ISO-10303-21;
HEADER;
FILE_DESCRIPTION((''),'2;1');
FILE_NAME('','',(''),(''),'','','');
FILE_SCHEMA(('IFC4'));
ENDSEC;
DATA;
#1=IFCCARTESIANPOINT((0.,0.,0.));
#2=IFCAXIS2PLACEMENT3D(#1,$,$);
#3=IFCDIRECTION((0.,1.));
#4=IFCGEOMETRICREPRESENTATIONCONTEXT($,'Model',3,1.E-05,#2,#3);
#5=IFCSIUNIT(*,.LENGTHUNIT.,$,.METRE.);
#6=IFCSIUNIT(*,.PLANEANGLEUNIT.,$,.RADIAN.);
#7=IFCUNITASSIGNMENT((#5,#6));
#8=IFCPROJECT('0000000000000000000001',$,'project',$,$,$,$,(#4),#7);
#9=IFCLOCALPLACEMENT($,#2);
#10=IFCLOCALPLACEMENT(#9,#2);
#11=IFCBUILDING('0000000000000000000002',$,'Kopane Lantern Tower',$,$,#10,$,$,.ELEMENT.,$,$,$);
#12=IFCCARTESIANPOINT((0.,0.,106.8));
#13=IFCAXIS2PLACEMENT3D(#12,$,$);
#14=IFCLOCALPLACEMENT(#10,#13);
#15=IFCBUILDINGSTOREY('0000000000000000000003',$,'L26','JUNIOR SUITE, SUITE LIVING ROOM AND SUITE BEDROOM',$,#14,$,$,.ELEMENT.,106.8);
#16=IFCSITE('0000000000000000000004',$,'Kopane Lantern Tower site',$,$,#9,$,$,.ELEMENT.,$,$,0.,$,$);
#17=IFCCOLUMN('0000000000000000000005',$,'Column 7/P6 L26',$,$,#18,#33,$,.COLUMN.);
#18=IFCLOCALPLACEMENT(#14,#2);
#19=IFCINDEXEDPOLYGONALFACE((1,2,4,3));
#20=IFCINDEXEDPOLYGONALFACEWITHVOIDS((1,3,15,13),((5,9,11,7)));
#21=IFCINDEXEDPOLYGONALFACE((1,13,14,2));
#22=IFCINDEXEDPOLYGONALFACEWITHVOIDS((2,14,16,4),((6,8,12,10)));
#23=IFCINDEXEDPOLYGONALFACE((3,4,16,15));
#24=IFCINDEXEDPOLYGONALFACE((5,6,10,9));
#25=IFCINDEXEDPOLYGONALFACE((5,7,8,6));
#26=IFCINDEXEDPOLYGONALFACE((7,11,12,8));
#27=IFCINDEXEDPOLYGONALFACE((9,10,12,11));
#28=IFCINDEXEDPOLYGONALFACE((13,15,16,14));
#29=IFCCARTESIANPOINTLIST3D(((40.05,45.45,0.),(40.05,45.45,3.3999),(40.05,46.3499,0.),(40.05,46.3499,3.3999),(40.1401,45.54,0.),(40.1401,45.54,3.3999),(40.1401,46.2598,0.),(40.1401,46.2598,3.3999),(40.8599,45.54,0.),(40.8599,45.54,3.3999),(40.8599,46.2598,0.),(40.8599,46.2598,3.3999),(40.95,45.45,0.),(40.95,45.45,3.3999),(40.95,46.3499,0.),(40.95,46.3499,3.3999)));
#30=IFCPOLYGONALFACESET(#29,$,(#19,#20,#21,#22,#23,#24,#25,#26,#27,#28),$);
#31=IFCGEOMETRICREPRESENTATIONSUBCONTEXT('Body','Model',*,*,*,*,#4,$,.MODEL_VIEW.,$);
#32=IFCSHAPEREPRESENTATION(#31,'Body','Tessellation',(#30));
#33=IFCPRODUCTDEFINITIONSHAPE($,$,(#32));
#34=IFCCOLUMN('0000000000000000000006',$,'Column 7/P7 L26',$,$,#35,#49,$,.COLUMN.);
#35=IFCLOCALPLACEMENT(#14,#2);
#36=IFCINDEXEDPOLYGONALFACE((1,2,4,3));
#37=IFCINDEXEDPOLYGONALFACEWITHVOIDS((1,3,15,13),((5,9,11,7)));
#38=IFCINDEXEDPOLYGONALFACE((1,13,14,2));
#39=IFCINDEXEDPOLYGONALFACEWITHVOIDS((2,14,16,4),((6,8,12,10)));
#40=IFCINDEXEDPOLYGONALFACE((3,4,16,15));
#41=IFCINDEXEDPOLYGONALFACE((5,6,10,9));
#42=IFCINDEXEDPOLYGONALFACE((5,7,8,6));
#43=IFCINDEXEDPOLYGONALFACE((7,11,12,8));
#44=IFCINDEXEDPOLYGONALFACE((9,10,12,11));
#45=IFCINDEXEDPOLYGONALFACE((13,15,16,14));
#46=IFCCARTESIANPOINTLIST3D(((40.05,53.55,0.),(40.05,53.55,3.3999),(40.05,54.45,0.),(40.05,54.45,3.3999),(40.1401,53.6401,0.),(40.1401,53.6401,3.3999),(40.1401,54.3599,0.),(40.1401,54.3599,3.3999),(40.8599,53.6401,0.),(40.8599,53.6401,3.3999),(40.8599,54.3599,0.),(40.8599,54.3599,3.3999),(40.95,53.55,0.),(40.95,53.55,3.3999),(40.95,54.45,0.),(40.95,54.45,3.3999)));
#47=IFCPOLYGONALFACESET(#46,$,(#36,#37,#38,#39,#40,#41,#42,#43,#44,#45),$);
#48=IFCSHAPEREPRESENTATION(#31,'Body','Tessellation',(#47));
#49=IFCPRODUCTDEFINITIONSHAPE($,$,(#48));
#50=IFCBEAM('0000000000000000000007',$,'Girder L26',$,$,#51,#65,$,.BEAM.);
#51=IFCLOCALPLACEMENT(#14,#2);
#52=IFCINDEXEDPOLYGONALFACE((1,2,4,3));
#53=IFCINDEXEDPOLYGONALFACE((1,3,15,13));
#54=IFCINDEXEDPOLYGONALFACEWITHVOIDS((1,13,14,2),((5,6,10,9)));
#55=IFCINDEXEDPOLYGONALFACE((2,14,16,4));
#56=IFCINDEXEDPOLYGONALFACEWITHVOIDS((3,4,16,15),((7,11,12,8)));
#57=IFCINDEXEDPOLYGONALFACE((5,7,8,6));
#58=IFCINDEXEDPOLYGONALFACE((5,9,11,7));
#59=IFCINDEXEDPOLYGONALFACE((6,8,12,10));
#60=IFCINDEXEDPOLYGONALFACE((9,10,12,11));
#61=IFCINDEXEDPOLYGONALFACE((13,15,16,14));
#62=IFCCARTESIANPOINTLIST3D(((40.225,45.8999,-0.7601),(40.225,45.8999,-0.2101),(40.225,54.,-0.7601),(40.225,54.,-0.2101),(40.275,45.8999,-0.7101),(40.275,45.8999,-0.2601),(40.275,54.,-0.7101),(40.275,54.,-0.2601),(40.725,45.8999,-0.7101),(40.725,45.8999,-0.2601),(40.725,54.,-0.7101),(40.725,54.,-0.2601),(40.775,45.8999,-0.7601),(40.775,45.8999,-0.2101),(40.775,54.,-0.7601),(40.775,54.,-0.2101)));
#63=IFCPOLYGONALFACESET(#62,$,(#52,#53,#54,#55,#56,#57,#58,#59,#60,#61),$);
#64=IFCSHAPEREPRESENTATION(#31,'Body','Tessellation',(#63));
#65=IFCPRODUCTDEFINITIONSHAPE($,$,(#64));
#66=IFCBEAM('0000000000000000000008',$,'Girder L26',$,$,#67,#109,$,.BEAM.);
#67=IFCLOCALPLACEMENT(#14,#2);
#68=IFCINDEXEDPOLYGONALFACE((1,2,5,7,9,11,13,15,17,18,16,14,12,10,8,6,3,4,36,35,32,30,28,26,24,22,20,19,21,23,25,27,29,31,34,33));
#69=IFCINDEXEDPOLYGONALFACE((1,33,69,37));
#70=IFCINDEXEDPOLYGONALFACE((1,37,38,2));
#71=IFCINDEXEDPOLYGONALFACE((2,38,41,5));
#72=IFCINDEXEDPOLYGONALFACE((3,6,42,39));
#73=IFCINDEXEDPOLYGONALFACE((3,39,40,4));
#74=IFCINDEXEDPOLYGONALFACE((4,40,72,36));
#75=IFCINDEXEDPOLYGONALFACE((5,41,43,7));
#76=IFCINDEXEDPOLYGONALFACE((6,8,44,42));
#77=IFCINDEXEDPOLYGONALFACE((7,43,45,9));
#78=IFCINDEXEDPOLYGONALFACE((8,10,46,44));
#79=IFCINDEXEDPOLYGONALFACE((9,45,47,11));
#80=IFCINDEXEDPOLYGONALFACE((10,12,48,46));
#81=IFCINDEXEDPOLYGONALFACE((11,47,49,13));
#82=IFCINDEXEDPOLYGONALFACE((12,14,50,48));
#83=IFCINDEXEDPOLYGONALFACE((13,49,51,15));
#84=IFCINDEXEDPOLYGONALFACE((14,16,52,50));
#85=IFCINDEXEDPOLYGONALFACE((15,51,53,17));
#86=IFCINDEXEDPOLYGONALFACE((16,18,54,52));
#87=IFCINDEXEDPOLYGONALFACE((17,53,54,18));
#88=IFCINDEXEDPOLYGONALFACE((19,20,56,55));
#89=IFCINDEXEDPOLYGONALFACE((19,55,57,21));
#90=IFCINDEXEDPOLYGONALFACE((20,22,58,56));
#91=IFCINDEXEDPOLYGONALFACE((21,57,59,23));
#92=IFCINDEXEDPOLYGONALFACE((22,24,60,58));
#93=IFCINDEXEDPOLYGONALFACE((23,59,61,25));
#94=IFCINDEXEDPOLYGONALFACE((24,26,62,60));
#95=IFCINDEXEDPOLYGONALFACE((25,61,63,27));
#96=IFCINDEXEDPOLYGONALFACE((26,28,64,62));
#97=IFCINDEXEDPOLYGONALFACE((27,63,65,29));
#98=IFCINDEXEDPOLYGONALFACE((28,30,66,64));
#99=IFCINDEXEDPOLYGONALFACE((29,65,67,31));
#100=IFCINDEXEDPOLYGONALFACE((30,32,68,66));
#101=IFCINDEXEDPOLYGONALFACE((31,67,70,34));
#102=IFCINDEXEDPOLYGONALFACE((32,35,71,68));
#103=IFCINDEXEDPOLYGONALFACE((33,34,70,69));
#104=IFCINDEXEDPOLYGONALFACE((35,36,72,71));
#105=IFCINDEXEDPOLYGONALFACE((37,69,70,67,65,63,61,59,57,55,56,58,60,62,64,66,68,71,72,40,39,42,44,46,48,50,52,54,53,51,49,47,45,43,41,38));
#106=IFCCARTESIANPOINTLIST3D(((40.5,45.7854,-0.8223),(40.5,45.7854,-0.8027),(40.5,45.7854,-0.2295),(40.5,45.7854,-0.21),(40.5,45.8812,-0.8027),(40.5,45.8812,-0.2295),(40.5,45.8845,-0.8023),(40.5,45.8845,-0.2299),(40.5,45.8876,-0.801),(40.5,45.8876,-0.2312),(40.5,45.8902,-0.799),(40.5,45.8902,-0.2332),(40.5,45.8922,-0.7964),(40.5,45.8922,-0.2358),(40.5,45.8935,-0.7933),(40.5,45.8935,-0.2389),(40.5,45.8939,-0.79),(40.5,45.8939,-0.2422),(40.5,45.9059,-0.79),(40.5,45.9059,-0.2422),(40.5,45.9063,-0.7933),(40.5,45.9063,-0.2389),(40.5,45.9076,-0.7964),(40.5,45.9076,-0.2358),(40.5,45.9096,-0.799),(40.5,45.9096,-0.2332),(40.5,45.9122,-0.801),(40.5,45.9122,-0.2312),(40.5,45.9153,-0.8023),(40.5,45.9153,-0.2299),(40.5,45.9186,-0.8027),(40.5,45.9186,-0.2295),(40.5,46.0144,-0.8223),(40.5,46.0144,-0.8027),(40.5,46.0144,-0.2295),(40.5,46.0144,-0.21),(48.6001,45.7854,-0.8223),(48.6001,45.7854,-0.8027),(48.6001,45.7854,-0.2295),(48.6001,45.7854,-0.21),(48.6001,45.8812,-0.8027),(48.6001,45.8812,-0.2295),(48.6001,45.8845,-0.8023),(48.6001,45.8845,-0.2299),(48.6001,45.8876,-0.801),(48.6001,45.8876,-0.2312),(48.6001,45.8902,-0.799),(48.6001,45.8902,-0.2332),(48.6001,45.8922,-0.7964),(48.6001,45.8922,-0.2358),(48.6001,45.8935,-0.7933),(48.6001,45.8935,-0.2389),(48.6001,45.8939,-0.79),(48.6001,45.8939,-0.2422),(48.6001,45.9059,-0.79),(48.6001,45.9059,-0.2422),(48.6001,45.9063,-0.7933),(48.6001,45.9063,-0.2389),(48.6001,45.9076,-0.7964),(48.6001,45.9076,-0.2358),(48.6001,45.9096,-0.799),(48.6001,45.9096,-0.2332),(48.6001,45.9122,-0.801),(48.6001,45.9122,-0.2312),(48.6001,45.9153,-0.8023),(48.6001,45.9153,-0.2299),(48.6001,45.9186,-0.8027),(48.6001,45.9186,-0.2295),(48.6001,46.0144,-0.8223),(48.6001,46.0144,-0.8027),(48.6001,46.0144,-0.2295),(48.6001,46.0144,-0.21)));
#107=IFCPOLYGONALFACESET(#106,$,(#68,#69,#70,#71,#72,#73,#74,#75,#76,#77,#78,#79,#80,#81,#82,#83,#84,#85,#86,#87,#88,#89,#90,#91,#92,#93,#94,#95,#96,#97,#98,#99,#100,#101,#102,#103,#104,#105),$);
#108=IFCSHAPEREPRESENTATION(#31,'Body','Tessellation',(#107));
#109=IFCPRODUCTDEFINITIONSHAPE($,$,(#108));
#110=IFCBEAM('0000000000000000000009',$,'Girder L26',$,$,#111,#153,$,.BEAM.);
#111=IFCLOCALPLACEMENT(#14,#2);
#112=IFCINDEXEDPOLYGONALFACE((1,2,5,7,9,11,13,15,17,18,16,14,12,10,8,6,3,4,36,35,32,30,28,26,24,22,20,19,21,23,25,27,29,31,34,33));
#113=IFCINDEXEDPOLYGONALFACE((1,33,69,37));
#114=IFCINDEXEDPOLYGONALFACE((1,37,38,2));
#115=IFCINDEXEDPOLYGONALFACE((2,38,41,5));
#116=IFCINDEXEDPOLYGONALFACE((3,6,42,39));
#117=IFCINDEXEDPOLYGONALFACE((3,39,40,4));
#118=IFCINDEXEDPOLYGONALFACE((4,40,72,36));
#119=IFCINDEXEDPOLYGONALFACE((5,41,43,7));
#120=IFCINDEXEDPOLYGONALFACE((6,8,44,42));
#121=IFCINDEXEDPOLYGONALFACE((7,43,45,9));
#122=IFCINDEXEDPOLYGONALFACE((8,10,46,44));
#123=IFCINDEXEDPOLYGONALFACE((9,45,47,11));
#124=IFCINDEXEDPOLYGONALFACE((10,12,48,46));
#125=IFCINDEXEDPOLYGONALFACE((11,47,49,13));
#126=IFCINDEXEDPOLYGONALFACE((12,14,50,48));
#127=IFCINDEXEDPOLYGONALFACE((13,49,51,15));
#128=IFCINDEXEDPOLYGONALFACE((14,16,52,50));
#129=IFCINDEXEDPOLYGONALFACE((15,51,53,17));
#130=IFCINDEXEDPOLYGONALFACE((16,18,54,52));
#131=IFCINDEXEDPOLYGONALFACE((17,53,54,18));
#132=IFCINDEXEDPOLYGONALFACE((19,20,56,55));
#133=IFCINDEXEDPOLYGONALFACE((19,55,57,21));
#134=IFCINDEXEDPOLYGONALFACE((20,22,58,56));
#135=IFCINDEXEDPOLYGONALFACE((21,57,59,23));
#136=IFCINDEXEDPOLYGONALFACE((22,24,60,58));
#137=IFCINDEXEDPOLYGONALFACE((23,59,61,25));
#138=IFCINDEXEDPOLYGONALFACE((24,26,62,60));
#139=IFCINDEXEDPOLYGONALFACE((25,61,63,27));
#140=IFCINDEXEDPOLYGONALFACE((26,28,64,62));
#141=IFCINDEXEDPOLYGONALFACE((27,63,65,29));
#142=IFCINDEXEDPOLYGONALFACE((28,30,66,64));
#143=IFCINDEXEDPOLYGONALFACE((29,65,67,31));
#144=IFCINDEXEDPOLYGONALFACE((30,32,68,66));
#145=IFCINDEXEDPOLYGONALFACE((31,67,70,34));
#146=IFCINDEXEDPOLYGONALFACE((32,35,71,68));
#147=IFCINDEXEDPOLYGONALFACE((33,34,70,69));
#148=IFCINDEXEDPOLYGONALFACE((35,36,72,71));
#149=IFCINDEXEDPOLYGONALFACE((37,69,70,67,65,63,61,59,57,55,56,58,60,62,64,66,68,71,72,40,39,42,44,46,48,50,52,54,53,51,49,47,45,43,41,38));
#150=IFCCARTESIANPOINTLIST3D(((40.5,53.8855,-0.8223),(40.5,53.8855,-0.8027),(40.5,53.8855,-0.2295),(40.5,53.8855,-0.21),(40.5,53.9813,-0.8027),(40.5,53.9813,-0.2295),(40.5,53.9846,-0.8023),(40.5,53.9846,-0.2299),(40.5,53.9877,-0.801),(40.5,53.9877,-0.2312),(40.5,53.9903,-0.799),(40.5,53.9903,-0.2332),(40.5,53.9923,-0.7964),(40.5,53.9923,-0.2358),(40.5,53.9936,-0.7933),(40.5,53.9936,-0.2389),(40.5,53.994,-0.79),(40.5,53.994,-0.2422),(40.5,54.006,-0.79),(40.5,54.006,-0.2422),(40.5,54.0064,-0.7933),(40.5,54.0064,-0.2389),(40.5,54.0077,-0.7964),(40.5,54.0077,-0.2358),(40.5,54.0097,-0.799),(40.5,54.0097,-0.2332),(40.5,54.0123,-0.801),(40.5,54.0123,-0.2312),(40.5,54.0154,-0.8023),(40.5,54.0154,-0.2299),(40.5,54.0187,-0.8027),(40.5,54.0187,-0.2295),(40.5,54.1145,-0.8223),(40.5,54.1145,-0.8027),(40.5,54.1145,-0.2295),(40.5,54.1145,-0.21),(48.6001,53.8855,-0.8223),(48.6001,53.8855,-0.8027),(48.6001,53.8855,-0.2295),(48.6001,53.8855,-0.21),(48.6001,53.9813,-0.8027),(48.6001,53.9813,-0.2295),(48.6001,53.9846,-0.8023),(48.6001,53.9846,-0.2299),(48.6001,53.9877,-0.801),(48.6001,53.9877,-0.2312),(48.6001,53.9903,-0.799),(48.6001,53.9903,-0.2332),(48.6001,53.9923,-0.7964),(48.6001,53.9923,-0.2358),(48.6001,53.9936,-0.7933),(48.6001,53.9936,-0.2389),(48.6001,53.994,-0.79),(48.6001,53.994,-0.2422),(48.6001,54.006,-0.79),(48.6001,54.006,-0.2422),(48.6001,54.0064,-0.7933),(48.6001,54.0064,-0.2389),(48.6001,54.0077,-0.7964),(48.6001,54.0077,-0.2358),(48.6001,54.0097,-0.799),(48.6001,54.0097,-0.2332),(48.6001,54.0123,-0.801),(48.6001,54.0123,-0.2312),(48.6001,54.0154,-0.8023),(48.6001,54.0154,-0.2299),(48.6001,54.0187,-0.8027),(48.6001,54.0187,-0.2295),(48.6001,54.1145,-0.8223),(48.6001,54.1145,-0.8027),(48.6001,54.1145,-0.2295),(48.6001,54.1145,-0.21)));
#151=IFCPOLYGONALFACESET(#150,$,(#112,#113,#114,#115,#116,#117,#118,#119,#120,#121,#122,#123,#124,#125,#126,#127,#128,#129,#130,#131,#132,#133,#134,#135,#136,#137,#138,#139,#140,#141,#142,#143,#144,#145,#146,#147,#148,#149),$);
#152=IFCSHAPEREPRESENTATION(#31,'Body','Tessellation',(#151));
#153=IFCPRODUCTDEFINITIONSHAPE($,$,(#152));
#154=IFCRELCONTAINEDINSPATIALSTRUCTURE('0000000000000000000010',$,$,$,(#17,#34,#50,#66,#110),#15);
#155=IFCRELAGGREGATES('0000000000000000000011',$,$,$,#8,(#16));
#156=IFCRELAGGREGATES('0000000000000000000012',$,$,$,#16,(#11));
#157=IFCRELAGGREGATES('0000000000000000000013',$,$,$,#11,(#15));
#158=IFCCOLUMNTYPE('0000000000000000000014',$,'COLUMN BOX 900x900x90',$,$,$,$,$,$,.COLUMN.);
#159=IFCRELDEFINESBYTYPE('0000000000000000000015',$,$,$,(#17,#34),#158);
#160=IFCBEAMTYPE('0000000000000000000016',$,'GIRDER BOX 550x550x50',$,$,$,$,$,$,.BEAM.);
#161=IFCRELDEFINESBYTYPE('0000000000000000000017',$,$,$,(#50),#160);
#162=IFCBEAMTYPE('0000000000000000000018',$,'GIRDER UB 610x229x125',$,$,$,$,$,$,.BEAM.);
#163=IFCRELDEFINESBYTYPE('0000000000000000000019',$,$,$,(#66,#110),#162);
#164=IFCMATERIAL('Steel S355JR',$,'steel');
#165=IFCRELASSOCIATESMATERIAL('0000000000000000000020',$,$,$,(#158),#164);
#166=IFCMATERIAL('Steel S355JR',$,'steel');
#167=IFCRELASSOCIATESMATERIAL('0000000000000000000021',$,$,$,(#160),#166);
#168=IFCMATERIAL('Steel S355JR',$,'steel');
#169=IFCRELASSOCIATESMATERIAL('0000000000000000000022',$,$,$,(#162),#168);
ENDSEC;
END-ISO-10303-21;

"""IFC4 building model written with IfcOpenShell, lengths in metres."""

from ifc_helpers import new_model, si_unit, direction, frame, origin, origin_2d, place, context, subcontext, project, spatial, hollow_rectangle, i_section, extrude, material, material_profile, profile_set, type_object, element, save


model = new_model("IFC4")

# Units and contexts
model_context = context("Model", 3, precision=1e-05, world=origin(), true_north=direction((0.0, 1.0)))
body_context = subcontext(model_context, "Body", "Model", "MODEL_VIEW")
ifc_project = project(units=[si_unit("LENGTHUNIT", "METRE"), si_unit("PLANEANGLEUNIT", "RADIAN")], contexts=[model_context])

# Site, building, storey
site_placement = place(None, origin())
site = spatial("IfcSite", under=ifc_project, at=site_placement, Name="Kopane Lantern Tower site", CompositionType="ELEMENT", RefElevation=0.0)
building_placement = place(site_placement, origin())
building = spatial("IfcBuilding", under=site, at=building_placement, Name="Kopane Lantern Tower", CompositionType="ELEMENT")
storey_placement = place(building_placement, frame((0.0, 0.0, 106.8)))
storey = spatial("IfcBuildingStorey", under=building, at=storey_placement, Name="L26", Description="JUNIOR SUITE, SUITE LIVING ROOM AND SUITE BEDROOM", CompositionType="ELEMENT", Elevation=106.8)

# Columns
ifc_material_1 = material(Name="Steel S355JR", Category="steel")
ifc_material_profile_1 = material_profile(ifc_material_1, hollow_rectangle(XDim=0.8999, YDim=0.8999, WallThickness=0.0901, at=origin_2d()), Name="BOX 900x900x90")
ifc_profile_set_1 = profile_set([ifc_material_profile_1], Name="Steel S355JR")
column_type = type_object("IfcColumnType", Name="COLUMN BOX 900x900x90", PredefinedType="COLUMN", material=ifc_profile_set_1)
for number, where, z_axis, x_axis, name in (
    (1, (40.5, 45.8999, 0.0), (0.0, 0.0, 1.0), (1.0, 0.0, 0.0), "Column 7/P6 L26"),
    (2, (40.5, 54.0, 0.0), (0.0, 0.0, 1.0), (1.0, 0.0, 0.0), "Column 7/P7 L26"),
):
    element("IfcColumn", number, at=place(storey_placement, frame(where, z_axis=z_axis, x_axis=x_axis)), inside=storey, type_object=column_type, Name=name, PredefinedType="COLUMN", context=body_context, shape_type="SweptSolid", body=[
        extrude(hollow_rectangle(XDim=0.8999, YDim=0.8999, WallThickness=0.0901, at=origin_2d()), origin(), (0.0, 0.0, 1.0), 3.3999),
    ])

# Beams
ifc_material_2 = material(Name="Steel S355JR", Category="steel")
ifc_material_profile_2 = material_profile(ifc_material_2, hollow_rectangle(XDim=0.55, YDim=0.55, WallThickness=0.05, at=origin_2d()), Name="BOX 550x550x50")
ifc_profile_set_2 = profile_set([ifc_material_profile_2], Name="Steel S355JR")
beam_type_1 = type_object("IfcBeamType", Name="GIRDER BOX 550x550x50", PredefinedType="BEAM", material=ifc_profile_set_2)
beam_placement = place(storey_placement, frame((40.5, 45.8999, -0.4851), z_axis=(0.0, 1.0, 0.0), x_axis=(-1.0, 0.0, 0.0)))
element("IfcBeam", 3, at=beam_placement, inside=storey, type_object=beam_type_1, Name="Girder L26", PredefinedType="BEAM", context=body_context, shape_type="SweptSolid", body=[
    extrude(hollow_rectangle(XDim=0.55, YDim=0.55, WallThickness=0.05, at=origin_2d()), origin(), (0.0, 0.0, 1.0), 8.1001),
])
ifc_material_3 = material(Name="Steel S355JR", Category="steel")
ifc_material_profile_3 = material_profile(ifc_material_3, i_section(OverallWidth=0.229, OverallDepth=0.6123, WebThickness=0.012, FlangeThickness=0.0195, FilletRadius=0.0127, at=origin_2d()), Name="UB 610x229x125")
ifc_profile_set_3 = profile_set([ifc_material_profile_3], Name="Steel S355JR")
beam_type_2 = type_object("IfcBeamType", Name="GIRDER UB 610x229x125", PredefinedType="BEAM", material=ifc_profile_set_3)
for number, where, z_axis, x_axis, name in (
    (4, (40.5, 45.8999, -0.5161), (1.0, 0.0, 0.0), (0.0, 1.0, 0.0), "Girder L26"),
    (5, (40.5, 54.0, -0.5161), (1.0, 0.0, 0.0), (0.0, 1.0, 0.0), "Girder L26"),
):
    element("IfcBeam", number, at=place(storey_placement, frame(where, z_axis=z_axis, x_axis=x_axis)), inside=storey, type_object=beam_type_2, Name=name, PredefinedType="BEAM", context=body_context, shape_type="SweptSolid", body=[
        extrude(i_section(OverallWidth=0.229, OverallDepth=0.6123, WebThickness=0.012, FlangeThickness=0.0195, FilletRadius=0.0127, at=origin_2d()), origin(), (0.0, 0.0, 1.0), 8.1001),
    ])

save(model, "model.ifc")
